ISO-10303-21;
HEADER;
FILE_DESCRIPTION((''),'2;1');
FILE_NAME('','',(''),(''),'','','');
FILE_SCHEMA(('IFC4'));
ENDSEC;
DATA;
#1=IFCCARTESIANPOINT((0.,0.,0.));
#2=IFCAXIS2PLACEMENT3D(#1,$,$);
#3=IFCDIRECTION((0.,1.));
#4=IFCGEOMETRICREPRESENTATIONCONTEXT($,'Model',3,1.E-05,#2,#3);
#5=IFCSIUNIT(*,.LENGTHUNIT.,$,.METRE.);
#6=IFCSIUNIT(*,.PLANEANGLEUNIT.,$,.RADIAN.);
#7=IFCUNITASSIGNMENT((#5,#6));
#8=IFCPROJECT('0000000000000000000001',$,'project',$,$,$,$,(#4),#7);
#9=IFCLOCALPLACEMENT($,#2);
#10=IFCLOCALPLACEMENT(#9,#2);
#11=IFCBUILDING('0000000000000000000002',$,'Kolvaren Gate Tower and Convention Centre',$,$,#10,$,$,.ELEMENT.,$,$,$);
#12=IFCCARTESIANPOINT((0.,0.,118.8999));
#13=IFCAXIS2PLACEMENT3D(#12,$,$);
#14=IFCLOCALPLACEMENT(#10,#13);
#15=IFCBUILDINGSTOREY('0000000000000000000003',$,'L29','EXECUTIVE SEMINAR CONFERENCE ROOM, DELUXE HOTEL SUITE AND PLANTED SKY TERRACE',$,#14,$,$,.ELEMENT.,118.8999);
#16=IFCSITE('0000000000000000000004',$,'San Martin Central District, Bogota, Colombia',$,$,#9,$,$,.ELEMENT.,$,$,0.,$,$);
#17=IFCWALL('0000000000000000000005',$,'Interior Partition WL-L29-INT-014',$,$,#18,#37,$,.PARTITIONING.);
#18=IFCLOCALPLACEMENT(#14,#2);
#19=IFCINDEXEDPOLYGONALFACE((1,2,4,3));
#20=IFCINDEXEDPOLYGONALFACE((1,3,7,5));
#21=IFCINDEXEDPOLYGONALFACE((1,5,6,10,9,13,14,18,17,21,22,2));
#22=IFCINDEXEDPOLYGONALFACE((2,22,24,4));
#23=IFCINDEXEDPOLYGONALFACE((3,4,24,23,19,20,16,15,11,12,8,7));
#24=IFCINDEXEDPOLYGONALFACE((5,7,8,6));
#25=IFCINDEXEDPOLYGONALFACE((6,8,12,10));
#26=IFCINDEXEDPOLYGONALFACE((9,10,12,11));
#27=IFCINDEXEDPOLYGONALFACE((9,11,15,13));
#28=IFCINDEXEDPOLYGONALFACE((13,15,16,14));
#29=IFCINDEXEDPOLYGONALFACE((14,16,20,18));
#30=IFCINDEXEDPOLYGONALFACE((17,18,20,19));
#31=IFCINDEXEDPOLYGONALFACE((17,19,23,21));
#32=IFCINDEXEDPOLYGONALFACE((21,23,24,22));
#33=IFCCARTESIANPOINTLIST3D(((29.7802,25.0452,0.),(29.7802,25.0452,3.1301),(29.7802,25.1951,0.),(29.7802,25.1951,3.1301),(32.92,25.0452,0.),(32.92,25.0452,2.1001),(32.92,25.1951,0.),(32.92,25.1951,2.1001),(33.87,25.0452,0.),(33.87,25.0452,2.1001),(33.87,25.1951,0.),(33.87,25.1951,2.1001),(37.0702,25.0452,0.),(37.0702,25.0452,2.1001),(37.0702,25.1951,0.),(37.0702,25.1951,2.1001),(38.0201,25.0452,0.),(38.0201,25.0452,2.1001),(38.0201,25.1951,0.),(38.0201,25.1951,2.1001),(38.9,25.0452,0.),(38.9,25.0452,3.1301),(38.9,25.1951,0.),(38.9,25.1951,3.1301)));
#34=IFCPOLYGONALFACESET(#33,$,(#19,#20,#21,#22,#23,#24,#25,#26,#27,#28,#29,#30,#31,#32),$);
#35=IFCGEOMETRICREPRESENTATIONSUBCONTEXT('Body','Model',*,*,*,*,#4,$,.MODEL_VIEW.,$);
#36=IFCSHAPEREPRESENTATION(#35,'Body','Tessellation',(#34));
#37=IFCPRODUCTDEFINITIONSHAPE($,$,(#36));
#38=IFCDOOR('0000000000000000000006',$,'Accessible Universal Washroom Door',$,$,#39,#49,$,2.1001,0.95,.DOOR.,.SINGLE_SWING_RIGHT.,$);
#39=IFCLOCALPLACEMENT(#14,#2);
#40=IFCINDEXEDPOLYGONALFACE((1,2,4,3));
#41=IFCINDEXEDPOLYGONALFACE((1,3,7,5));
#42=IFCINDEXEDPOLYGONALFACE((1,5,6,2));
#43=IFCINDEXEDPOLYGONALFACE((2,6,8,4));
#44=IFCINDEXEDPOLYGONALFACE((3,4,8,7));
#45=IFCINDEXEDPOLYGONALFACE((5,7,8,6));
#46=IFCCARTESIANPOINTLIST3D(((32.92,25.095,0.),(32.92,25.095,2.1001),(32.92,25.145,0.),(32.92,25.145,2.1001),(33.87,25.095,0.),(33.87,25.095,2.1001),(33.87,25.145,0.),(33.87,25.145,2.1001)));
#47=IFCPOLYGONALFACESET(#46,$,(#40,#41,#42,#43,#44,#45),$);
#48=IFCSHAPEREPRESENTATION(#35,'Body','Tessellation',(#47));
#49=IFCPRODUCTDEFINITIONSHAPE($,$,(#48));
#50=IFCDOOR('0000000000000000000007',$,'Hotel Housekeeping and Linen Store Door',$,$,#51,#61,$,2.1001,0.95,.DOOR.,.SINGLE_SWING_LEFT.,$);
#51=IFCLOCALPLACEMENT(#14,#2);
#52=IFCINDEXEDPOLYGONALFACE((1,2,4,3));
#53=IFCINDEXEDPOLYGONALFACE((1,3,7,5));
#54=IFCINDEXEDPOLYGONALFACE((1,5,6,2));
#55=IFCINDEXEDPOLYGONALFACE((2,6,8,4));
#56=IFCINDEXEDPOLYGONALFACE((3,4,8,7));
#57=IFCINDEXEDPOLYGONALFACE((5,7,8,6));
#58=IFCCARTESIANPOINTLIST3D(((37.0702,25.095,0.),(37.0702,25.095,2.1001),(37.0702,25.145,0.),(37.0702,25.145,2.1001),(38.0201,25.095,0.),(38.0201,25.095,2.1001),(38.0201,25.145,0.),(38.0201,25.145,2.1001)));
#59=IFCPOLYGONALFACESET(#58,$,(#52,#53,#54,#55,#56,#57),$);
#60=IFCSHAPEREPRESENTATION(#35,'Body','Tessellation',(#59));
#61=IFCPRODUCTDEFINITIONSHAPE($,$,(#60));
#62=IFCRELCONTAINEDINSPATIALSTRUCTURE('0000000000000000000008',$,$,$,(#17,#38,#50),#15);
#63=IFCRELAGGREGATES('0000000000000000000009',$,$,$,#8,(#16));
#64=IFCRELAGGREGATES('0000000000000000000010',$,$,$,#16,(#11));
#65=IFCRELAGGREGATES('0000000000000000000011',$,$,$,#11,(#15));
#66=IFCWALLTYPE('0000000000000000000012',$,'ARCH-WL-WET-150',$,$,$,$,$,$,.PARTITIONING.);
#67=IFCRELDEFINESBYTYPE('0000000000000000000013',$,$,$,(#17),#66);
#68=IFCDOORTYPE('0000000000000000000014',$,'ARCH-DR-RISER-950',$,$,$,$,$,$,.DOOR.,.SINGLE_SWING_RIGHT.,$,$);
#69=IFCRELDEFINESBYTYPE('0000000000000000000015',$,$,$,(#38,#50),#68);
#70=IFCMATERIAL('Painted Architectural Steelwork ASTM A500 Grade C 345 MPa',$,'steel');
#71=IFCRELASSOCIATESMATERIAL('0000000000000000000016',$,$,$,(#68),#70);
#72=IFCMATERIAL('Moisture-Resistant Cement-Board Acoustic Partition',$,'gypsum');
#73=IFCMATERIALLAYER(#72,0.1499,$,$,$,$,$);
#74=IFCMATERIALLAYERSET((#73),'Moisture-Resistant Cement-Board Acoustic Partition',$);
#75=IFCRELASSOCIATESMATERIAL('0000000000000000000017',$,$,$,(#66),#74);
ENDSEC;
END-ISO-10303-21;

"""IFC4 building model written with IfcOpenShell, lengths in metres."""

from ifc_helpers import new_model, si_unit, direction, frame, frame_2d, origin, place, context, subcontext, project, spatial, rectangle, extrude, material, layer, layer_set, type_object, element, fill, save


model = new_model("IFC4")

# Units and contexts
model_context = context("Model", 3, precision=1e-05, world=origin(), true_north=direction((0.0, 1.0)))
body_context = subcontext(model_context, "Body", "Model", "MODEL_VIEW")
ifc_project = project(units=[si_unit("LENGTHUNIT", "METRE"), si_unit("PLANEANGLEUNIT", "RADIAN")], contexts=[model_context])

# Site, building, storey
site_placement = place(None, origin())
site = spatial("IfcSite", under=ifc_project, at=site_placement, Name="San Martin Central District, Bogota, Colombia", CompositionType="ELEMENT", RefElevation=0.0)
building_placement = place(site_placement, origin())
building = spatial("IfcBuilding", under=site, at=building_placement, Name="Kolvaren Gate Tower and Convention Centre", CompositionType="ELEMENT")
storey_placement = place(building_placement, frame((0.0, 0.0, 118.8999)))
storey = spatial("IfcBuildingStorey", under=building, at=storey_placement, Name="L29", Description="EXECUTIVE SEMINAR CONFERENCE ROOM, DELUXE HOTEL SUITE AND PLANTED SKY TERRACE", CompositionType="ELEMENT", Elevation=118.8999)

# Shared definitions
ifc_material_1 = material(Name="Painted Architectural Steelwork ASTM A500 Grade C 345 MPa", Category="steel")
door_type_1 = type_object("IfcDoorType", Name="ARCH-DR-RISER-950", OperationType="SINGLE_SWING_RIGHT", PredefinedType="DOOR", material=ifc_material_1)

# Wall, openings, doors
ifc_material_2 = material(Name="Moisture-Resistant Cement-Board Acoustic Partition", Category="gypsum")
ifc_layer_1 = layer(ifc_material_2, 0.1499)
ifc_layer_set_1 = layer_set([ifc_layer_1], Name="Moisture-Resistant Cement-Board Acoustic Partition")
wall_type_1 = type_object("IfcWallType", Name="ARCH-WL-WET-150", PredefinedType="PARTITIONING", material=ifc_layer_set_1)
wall_1_placement = place(storey_placement, frame((29.78, 25.1201, 0.0), z_axis=(0.0, 0.0, 1.0), x_axis=(1.0, 0.0, 0.0)))
wall_1 = element("IfcWall", 1, at=wall_1_placement, inside=storey, type_object=wall_type_1, Name="Interior Partition WL-L29-INT-014", PredefinedType="PARTITIONING", context=body_context, shape_type="SweptSolid", body=[
    extrude(rectangle(XDim=9.1199, YDim=0.1499, at=frame_2d((4.5601, 0.0))), origin(), (0.0, 0.0, 1.0), 3.1301),
])
opening_1_placement = place(wall_1_placement, frame((3.1399, 0.0, 0.0)))
opening_1 = element("IfcOpeningElement", 2, at=opening_1_placement, cuts=wall_1, PredefinedType="OPENING", context=body_context, shape_type="SweptSolid", body=[
    extrude(rectangle(XDim=0.95, YDim=2.1001, at=frame_2d((0.4751, 1.05))), frame((0.0, 0.085, 0.0), z_axis=(0.0, -1.0, 0.0), x_axis=(1.0, 0.0, 0.0)), (0.0, 0.0, 1.0), 0.1699),
])
opening_2_placement = place(wall_1_placement, frame((7.29, 0.0, 0.0)))
opening_2 = element("IfcOpeningElement", 3, at=opening_2_placement, cuts=wall_1, PredefinedType="OPENING", context=body_context, shape_type="SweptSolid", body=[
    extrude(rectangle(XDim=0.95, YDim=2.1001, at=frame_2d((0.4751, 1.05))), frame((0.0, 0.085, 0.0), z_axis=(0.0, -1.0, 0.0), x_axis=(1.0, 0.0, 0.0)), (0.0, 0.0, 1.0), 0.1699),
])
door_1_placement = place(opening_1_placement, origin())
door_1 = element("IfcDoor", 4, at=door_1_placement, inside=storey, type_object=door_type_1, Name="Accessible Universal Washroom Door", OperationType="SINGLE_SWING_RIGHT", OverallHeight=2.1001, OverallWidth=0.95, PredefinedType="DOOR", context=body_context, shape_type="SweptSolid", body=[
    extrude(rectangle(XDim=0.95, YDim=2.1001, at=frame_2d((0.4751, 1.05))), frame((0.0, 0.0249, 0.0), z_axis=(0.0, -1.0, 0.0), x_axis=(1.0, 0.0, 0.0)), (0.0, 0.0, 1.0), 0.05),
])
fill(opening_1, door_1)
door_2_placement = place(opening_2_placement, origin())
door_2 = element("IfcDoor", 5, at=door_2_placement, inside=storey, type_object=door_type_1, Name="Hotel Housekeeping and Linen Store Door", OperationType="SINGLE_SWING_LEFT", OverallHeight=2.1001, OverallWidth=0.95, PredefinedType="DOOR", context=body_context, shape_type="SweptSolid", body=[
    extrude(rectangle(XDim=0.95, YDim=2.1001, at=frame_2d((0.4751, 1.05))), frame((0.0, 0.0249, 0.0), z_axis=(0.0, -1.0, 0.0), x_axis=(1.0, 0.0, 0.0)), (0.0, 0.0, 1.0), 0.05),
])
fill(opening_2, door_2)

save(model, "model.ifc")
